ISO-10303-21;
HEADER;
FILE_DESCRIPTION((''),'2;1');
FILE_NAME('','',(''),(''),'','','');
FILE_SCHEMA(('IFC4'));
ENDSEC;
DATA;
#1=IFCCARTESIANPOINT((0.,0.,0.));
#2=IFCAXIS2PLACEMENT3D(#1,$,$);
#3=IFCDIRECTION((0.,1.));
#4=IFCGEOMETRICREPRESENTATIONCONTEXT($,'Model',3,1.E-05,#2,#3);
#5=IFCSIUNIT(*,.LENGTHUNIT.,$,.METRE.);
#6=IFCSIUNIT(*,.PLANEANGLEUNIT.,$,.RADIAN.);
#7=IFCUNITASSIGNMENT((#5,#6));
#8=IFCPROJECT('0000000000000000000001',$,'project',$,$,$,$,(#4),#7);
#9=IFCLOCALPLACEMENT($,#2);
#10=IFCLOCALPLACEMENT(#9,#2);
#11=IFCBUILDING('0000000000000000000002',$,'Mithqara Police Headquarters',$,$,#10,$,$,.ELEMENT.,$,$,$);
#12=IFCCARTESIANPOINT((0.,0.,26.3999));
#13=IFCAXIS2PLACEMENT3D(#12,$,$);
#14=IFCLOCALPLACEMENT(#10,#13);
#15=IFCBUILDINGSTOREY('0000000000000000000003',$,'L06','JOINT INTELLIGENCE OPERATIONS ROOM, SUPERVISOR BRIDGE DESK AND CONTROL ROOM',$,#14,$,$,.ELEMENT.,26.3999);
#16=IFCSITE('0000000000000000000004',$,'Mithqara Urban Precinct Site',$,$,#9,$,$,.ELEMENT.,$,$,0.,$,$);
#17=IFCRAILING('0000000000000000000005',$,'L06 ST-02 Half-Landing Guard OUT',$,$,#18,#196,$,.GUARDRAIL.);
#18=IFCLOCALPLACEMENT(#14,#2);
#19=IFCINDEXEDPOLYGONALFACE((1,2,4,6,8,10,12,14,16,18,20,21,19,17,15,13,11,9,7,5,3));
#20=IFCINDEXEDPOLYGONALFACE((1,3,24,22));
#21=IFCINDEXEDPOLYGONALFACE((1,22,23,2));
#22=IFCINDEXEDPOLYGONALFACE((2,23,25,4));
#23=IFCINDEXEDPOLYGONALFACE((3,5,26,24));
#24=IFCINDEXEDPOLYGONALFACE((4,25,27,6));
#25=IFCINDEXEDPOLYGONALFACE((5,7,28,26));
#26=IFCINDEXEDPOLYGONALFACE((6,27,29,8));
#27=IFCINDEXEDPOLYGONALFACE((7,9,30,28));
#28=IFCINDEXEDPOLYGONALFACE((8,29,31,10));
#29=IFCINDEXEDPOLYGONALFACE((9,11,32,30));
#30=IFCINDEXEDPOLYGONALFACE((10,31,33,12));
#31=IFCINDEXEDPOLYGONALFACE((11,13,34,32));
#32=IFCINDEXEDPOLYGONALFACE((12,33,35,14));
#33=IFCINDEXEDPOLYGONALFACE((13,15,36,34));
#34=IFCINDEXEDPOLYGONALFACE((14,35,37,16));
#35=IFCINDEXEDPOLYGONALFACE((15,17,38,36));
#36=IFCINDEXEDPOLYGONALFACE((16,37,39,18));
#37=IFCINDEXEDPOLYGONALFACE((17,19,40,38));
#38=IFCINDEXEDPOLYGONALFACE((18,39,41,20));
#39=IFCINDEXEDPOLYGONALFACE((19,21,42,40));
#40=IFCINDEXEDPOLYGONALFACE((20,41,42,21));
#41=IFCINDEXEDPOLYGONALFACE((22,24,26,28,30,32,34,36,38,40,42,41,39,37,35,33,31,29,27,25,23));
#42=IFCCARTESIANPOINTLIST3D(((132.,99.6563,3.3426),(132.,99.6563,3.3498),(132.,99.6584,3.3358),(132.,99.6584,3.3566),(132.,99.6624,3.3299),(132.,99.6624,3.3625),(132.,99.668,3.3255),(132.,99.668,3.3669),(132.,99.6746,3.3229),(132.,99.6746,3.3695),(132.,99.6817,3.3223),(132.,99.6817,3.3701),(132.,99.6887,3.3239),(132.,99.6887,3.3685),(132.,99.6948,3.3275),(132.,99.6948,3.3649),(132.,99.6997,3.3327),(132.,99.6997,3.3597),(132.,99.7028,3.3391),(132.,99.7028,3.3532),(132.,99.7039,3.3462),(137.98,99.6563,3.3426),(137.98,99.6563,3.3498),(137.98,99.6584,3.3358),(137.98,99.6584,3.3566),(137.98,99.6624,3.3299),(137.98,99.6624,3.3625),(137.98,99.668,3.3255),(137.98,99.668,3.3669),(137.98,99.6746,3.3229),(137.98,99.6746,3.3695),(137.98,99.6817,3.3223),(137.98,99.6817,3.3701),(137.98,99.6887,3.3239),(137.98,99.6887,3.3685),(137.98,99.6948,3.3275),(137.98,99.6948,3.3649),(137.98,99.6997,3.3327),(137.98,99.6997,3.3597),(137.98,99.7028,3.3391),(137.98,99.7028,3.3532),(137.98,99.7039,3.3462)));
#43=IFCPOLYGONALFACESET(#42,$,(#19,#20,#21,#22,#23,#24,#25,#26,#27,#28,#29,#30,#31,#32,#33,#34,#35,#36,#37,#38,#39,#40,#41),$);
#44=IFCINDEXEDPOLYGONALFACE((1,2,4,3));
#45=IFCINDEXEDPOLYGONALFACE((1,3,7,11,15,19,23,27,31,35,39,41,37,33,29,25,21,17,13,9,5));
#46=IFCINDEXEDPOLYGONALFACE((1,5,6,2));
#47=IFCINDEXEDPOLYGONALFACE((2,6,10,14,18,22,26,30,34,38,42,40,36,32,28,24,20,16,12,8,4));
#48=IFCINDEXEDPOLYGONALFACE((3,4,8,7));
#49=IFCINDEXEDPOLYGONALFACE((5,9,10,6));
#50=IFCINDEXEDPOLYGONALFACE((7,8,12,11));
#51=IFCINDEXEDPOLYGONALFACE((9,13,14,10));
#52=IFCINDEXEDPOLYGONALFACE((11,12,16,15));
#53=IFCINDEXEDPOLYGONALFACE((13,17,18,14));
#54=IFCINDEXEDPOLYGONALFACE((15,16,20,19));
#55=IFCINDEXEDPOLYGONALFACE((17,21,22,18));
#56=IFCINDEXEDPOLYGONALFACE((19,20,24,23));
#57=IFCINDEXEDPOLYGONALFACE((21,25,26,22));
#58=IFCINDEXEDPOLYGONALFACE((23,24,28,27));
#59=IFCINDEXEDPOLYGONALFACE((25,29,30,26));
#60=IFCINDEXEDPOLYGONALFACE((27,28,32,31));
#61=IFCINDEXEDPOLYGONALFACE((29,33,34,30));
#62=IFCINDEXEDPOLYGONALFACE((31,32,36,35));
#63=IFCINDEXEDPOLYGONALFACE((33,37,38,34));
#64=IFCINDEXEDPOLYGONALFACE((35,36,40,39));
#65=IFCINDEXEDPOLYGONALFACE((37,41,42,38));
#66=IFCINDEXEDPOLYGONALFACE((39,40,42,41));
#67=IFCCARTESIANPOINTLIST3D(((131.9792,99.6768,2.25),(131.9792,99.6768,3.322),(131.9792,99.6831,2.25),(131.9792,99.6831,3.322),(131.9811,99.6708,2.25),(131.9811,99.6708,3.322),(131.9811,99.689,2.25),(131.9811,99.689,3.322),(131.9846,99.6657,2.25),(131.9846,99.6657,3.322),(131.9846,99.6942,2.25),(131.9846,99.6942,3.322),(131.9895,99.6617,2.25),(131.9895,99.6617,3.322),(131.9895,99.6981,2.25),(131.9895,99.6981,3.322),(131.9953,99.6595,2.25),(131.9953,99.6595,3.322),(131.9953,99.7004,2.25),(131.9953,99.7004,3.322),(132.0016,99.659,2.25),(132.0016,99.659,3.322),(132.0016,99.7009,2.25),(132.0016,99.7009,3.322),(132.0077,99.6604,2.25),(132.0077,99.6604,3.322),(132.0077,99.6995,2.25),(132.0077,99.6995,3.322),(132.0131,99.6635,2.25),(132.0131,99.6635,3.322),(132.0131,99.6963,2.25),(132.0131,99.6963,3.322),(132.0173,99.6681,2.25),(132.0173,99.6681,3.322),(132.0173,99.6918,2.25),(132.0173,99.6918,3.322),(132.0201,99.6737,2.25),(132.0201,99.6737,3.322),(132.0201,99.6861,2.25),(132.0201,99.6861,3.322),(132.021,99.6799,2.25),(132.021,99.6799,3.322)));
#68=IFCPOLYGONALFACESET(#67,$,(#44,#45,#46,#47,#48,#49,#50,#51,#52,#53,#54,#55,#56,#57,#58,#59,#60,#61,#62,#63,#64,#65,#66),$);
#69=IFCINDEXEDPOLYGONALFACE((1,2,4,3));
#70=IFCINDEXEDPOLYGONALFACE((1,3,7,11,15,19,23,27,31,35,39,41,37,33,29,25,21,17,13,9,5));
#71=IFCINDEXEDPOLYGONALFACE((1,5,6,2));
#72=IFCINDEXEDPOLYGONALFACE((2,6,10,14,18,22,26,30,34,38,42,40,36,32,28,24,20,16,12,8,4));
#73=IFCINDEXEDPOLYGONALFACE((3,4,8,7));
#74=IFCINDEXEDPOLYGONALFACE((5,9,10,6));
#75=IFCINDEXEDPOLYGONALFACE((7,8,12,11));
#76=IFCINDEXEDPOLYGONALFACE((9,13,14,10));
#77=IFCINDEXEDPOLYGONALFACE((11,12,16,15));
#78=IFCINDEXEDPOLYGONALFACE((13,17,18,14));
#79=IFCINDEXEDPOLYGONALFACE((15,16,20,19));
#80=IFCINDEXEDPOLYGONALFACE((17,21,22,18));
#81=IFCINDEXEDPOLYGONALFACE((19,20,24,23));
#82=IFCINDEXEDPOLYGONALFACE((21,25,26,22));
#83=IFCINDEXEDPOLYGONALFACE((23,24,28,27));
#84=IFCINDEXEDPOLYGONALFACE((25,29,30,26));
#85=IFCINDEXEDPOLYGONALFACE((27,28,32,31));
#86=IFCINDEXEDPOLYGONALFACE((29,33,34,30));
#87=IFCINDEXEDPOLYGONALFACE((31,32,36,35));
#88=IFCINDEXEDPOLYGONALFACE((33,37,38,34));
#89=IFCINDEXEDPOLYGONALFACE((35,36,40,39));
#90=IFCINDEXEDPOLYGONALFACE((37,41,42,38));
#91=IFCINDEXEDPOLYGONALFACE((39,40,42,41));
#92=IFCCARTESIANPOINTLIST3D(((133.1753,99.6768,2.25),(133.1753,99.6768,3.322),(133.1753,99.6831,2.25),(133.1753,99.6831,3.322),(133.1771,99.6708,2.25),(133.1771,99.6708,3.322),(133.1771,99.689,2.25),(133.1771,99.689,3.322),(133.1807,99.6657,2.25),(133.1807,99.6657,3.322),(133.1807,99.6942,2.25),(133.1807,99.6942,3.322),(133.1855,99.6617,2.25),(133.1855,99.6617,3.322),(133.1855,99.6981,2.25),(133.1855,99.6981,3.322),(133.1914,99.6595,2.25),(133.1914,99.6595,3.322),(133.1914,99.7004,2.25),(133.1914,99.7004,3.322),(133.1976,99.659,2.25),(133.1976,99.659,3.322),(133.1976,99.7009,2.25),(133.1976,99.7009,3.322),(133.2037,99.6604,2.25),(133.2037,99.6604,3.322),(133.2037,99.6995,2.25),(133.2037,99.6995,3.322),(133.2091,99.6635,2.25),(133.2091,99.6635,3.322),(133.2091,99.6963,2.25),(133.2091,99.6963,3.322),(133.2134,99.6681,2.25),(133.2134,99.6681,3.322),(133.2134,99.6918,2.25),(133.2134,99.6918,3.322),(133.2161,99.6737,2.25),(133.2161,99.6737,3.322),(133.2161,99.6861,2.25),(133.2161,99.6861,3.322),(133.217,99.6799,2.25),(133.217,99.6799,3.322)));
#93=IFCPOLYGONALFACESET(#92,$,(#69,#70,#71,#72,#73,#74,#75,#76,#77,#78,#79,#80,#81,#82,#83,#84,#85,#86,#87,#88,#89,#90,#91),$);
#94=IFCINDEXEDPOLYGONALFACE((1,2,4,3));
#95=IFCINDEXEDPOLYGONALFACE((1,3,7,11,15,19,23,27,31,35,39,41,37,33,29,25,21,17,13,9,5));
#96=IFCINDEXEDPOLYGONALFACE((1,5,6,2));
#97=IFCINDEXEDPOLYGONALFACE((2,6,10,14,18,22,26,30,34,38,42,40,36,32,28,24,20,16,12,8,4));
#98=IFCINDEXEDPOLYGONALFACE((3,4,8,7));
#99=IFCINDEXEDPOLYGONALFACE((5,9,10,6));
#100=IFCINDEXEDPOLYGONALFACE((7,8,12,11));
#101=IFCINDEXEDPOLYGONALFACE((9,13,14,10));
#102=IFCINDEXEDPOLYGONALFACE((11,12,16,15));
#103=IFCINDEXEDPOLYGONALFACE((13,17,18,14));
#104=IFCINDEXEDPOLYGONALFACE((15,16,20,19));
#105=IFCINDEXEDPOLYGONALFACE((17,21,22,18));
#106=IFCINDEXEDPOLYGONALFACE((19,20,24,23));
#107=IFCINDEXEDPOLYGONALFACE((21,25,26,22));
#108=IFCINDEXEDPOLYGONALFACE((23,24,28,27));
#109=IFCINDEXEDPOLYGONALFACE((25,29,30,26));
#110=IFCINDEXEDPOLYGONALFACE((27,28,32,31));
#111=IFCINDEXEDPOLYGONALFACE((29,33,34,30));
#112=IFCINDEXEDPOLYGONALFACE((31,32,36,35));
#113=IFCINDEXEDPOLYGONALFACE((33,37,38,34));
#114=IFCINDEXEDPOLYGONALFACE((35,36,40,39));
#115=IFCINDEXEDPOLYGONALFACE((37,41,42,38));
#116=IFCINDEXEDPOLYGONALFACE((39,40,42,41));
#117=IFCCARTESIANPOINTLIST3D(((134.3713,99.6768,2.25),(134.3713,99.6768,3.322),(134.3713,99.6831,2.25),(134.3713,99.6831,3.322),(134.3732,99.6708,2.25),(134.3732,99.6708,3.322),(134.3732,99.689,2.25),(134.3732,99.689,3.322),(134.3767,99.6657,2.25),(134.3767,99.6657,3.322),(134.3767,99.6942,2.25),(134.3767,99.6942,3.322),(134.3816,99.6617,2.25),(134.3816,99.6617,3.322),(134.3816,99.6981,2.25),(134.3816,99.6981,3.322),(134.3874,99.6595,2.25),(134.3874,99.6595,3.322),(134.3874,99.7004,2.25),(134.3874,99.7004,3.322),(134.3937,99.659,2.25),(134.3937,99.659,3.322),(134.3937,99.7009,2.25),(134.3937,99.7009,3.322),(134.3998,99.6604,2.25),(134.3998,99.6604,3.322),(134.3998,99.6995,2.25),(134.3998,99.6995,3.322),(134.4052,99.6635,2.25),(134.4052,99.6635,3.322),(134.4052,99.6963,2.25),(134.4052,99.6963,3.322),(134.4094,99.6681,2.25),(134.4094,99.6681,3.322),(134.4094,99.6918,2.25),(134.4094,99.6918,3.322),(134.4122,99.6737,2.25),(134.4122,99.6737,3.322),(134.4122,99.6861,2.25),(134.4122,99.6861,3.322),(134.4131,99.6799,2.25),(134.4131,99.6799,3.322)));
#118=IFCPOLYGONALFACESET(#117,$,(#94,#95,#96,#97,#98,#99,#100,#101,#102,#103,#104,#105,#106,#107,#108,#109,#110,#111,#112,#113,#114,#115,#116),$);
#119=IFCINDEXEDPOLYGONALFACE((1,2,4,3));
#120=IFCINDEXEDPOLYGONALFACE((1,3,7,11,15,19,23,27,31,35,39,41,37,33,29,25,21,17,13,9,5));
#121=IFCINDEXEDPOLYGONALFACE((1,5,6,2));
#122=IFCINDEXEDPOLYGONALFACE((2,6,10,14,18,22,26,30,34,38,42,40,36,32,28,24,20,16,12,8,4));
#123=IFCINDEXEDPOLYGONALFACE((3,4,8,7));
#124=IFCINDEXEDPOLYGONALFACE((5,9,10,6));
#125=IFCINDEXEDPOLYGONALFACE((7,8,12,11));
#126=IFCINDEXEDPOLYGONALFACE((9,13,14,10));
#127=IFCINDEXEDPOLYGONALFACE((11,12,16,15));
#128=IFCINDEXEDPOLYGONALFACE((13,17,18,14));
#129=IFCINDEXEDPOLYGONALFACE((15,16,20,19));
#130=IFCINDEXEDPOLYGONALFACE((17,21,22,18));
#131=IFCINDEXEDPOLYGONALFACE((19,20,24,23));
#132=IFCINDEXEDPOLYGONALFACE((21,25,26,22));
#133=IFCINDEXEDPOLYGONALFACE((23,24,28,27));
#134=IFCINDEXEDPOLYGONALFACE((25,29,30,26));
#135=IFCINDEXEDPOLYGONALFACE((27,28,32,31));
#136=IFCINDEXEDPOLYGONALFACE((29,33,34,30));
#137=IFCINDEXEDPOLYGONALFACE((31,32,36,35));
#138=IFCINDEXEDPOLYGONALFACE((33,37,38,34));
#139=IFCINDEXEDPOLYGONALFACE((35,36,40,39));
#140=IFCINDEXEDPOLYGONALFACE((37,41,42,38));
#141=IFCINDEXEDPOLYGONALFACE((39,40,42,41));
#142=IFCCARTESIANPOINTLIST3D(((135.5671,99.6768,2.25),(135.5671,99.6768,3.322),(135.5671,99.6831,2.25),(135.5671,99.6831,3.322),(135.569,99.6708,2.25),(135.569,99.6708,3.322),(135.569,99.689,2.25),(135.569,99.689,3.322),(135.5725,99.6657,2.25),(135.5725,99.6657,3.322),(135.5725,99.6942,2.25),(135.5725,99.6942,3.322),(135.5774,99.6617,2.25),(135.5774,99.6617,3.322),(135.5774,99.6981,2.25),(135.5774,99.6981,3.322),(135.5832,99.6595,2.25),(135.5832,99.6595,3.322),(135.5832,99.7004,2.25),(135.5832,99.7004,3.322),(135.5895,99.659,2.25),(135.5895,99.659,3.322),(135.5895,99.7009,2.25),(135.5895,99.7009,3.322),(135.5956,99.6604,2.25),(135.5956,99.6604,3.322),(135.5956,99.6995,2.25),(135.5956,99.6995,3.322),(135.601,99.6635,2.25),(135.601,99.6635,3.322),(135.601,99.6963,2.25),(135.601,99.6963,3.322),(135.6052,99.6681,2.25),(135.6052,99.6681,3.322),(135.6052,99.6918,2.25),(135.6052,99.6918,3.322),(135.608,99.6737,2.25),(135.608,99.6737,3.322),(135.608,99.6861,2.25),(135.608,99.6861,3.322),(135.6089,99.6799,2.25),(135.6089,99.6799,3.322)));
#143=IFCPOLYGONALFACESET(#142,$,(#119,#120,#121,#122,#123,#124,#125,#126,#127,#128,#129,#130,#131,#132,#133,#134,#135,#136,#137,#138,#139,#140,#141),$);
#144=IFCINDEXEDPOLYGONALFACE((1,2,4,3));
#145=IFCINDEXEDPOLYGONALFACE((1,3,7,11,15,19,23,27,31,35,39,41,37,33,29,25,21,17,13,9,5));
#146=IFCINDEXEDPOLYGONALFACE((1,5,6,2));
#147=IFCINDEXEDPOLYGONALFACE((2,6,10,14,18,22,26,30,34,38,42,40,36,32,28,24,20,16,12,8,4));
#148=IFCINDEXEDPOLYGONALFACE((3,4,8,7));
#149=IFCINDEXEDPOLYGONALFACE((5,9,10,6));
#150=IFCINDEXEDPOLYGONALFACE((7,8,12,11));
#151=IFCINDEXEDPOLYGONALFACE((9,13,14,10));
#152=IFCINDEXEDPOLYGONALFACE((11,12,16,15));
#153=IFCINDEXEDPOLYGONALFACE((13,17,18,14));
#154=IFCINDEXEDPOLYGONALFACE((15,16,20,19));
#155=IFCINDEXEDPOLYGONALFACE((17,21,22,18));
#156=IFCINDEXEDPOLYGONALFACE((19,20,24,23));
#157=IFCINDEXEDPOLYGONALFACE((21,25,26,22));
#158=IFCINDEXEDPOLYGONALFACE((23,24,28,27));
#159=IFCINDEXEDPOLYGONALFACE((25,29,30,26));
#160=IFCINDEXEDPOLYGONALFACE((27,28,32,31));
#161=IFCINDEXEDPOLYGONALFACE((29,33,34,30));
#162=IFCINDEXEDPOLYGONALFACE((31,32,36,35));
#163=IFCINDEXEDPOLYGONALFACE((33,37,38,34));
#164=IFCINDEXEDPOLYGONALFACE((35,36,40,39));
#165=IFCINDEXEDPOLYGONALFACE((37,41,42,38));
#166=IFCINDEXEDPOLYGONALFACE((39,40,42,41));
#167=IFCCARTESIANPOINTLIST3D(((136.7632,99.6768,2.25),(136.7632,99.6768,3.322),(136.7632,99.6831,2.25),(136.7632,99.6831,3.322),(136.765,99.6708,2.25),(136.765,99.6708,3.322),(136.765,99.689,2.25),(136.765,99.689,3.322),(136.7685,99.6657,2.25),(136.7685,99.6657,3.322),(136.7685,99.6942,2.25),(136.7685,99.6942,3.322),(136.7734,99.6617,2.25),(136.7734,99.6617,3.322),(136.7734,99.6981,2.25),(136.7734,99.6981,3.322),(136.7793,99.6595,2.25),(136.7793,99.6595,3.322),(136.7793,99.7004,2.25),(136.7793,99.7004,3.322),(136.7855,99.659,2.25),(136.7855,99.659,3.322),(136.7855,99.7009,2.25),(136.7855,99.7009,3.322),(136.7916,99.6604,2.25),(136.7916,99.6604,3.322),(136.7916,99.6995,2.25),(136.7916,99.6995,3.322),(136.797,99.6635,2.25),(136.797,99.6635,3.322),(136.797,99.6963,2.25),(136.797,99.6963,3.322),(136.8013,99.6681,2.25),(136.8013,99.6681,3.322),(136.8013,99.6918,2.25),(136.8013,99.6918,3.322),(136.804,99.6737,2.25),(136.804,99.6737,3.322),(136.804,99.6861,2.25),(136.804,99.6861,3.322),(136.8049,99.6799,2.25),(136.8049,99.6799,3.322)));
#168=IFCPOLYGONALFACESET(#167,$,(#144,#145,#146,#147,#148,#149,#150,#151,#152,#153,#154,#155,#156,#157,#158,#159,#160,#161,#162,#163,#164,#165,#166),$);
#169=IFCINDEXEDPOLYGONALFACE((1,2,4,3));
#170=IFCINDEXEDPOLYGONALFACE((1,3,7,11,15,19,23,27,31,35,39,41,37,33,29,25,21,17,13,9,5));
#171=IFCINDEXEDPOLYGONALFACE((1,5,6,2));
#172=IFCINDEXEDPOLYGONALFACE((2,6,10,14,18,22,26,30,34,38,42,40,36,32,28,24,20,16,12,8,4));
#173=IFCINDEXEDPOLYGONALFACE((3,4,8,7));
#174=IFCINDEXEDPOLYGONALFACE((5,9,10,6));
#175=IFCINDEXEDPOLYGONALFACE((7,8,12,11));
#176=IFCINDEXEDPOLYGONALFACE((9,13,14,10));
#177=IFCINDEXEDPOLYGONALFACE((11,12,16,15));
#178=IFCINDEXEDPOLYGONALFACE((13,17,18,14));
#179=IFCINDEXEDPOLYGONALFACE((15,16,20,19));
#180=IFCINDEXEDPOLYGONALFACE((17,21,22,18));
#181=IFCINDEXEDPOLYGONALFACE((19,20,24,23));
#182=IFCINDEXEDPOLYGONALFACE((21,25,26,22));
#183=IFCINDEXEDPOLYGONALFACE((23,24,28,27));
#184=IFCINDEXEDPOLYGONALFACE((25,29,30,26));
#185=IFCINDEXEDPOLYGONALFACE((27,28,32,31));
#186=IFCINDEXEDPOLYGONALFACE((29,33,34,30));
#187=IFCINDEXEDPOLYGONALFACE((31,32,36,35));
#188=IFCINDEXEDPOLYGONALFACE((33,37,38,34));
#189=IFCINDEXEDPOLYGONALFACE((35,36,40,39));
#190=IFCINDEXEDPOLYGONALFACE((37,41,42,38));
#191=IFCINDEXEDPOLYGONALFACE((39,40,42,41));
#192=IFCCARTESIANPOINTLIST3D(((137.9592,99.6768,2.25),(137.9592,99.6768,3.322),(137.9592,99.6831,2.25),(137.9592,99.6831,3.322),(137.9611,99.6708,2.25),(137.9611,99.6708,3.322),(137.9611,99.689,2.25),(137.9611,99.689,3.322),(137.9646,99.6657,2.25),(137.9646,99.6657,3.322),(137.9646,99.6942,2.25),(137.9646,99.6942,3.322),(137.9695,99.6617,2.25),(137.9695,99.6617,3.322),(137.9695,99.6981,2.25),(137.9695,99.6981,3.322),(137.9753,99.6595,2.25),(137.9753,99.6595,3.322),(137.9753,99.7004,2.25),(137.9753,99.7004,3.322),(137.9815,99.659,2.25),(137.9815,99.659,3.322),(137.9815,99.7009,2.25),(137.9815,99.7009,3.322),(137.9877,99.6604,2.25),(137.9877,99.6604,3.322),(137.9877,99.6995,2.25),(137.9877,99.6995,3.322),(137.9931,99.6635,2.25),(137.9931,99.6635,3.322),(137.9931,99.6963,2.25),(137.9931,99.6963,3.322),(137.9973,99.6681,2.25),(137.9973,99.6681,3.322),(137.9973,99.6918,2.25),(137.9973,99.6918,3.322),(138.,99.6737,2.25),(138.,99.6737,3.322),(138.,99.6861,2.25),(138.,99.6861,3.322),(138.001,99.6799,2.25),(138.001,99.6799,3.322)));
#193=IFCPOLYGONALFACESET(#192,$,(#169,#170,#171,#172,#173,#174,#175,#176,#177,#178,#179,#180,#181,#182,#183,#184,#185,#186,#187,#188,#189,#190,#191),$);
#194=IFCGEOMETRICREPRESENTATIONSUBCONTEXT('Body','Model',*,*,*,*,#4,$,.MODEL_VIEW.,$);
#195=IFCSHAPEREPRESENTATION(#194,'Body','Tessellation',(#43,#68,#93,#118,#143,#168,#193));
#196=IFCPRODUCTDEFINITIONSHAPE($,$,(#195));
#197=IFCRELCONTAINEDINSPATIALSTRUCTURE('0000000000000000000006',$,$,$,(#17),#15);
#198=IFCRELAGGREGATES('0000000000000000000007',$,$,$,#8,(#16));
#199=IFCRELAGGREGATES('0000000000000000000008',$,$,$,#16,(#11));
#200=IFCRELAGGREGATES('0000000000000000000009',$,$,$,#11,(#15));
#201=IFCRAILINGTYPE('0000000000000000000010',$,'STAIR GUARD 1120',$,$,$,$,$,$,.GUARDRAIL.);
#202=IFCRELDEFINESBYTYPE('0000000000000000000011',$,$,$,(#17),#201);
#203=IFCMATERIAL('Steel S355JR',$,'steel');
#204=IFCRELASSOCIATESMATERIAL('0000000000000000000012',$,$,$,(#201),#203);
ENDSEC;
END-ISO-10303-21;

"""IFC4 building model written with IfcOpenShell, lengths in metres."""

from ifc_helpers import new_model, si_unit, direction, frame, origin, origin_2d, place, context, subcontext, project, spatial, circle, extrude, material, type_object, element, save


model = new_model("IFC4")

# Units and contexts
model_context = context("Model", 3, precision=1e-05, world=origin(), true_north=direction((0.0, 1.0)))
body_context = subcontext(model_context, "Body", "Model", "MODEL_VIEW")
ifc_project = project(units=[si_unit("LENGTHUNIT", "METRE"), si_unit("PLANEANGLEUNIT", "RADIAN")], contexts=[model_context])

# Site, building, storey
site_placement = place(None, origin())
site = spatial("IfcSite", under=ifc_project, at=site_placement, Name="Mithqara Urban Precinct Site", CompositionType="ELEMENT", RefElevation=0.0)
building_placement = place(site_placement, origin())
building = spatial("IfcBuilding", under=site, at=building_placement, Name="Mithqara Police Headquarters", CompositionType="ELEMENT")
storey_placement = place(building_placement, frame((0.0, 0.0, 26.3999)))
storey = spatial("IfcBuildingStorey", under=building, at=storey_placement, Name="L06", Description="JOINT INTELLIGENCE OPERATIONS ROOM, SUPERVISOR BRIDGE DESK AND CONTROL ROOM", CompositionType="ELEMENT", Elevation=26.3999)

# Shared definitions
ifc_material_1 = material(Name="Steel S355JR", Category="steel")

# Railing
railing_type = type_object("IfcRailingType", Name="STAIR GUARD 1120", PredefinedType="GUARDRAIL", material=ifc_material_1)
for number, where, name in (
    (1, (132.0, 99.6799, 2.25), "L06 ST-02 Half-Landing Guard OUT"),
):
    element("IfcRailing", number, at=place(storey_placement, frame(where)), inside=storey, type_object=railing_type, Name=name, PredefinedType="GUARDRAIL", context=body_context, shape_type="SweptSolid", body=[
        extrude(circle(Radius=0.0239, at=origin_2d()), frame((0.0, 0.0, 1.0962), z_axis=(1.0, 0.0, 0.0), x_axis=(0.0, 1.0, 0.0)), (0.0, 0.0, 1.0), 5.98),
        extrude(circle(Radius=0.021, at=origin_2d()), origin(), (0.0, 0.0, 1.0), 1.072),
        extrude(circle(Radius=0.021, at=origin_2d()), frame((1.196, 0.0, 0.0)), (0.0, 0.0, 1.0), 1.072),
        extrude(circle(Radius=0.021, at=origin_2d()), frame((2.3921, 0.0, 0.0)), (0.0, 0.0, 1.0), 1.072),
        extrude(circle(Radius=0.021, at=origin_2d()), frame((3.5879, 0.0, 0.0)), (0.0, 0.0, 1.0), 1.072),
        extrude(circle(Radius=0.021, at=origin_2d()), frame((4.7839, 0.0, 0.0)), (0.0, 0.0, 1.0), 1.072),
        extrude(circle(Radius=0.021, at=origin_2d()), frame((5.98, 0.0, 0.0)), (0.0, 0.0, 1.0), 1.072),
    ])

save(model, "model.ifc")
